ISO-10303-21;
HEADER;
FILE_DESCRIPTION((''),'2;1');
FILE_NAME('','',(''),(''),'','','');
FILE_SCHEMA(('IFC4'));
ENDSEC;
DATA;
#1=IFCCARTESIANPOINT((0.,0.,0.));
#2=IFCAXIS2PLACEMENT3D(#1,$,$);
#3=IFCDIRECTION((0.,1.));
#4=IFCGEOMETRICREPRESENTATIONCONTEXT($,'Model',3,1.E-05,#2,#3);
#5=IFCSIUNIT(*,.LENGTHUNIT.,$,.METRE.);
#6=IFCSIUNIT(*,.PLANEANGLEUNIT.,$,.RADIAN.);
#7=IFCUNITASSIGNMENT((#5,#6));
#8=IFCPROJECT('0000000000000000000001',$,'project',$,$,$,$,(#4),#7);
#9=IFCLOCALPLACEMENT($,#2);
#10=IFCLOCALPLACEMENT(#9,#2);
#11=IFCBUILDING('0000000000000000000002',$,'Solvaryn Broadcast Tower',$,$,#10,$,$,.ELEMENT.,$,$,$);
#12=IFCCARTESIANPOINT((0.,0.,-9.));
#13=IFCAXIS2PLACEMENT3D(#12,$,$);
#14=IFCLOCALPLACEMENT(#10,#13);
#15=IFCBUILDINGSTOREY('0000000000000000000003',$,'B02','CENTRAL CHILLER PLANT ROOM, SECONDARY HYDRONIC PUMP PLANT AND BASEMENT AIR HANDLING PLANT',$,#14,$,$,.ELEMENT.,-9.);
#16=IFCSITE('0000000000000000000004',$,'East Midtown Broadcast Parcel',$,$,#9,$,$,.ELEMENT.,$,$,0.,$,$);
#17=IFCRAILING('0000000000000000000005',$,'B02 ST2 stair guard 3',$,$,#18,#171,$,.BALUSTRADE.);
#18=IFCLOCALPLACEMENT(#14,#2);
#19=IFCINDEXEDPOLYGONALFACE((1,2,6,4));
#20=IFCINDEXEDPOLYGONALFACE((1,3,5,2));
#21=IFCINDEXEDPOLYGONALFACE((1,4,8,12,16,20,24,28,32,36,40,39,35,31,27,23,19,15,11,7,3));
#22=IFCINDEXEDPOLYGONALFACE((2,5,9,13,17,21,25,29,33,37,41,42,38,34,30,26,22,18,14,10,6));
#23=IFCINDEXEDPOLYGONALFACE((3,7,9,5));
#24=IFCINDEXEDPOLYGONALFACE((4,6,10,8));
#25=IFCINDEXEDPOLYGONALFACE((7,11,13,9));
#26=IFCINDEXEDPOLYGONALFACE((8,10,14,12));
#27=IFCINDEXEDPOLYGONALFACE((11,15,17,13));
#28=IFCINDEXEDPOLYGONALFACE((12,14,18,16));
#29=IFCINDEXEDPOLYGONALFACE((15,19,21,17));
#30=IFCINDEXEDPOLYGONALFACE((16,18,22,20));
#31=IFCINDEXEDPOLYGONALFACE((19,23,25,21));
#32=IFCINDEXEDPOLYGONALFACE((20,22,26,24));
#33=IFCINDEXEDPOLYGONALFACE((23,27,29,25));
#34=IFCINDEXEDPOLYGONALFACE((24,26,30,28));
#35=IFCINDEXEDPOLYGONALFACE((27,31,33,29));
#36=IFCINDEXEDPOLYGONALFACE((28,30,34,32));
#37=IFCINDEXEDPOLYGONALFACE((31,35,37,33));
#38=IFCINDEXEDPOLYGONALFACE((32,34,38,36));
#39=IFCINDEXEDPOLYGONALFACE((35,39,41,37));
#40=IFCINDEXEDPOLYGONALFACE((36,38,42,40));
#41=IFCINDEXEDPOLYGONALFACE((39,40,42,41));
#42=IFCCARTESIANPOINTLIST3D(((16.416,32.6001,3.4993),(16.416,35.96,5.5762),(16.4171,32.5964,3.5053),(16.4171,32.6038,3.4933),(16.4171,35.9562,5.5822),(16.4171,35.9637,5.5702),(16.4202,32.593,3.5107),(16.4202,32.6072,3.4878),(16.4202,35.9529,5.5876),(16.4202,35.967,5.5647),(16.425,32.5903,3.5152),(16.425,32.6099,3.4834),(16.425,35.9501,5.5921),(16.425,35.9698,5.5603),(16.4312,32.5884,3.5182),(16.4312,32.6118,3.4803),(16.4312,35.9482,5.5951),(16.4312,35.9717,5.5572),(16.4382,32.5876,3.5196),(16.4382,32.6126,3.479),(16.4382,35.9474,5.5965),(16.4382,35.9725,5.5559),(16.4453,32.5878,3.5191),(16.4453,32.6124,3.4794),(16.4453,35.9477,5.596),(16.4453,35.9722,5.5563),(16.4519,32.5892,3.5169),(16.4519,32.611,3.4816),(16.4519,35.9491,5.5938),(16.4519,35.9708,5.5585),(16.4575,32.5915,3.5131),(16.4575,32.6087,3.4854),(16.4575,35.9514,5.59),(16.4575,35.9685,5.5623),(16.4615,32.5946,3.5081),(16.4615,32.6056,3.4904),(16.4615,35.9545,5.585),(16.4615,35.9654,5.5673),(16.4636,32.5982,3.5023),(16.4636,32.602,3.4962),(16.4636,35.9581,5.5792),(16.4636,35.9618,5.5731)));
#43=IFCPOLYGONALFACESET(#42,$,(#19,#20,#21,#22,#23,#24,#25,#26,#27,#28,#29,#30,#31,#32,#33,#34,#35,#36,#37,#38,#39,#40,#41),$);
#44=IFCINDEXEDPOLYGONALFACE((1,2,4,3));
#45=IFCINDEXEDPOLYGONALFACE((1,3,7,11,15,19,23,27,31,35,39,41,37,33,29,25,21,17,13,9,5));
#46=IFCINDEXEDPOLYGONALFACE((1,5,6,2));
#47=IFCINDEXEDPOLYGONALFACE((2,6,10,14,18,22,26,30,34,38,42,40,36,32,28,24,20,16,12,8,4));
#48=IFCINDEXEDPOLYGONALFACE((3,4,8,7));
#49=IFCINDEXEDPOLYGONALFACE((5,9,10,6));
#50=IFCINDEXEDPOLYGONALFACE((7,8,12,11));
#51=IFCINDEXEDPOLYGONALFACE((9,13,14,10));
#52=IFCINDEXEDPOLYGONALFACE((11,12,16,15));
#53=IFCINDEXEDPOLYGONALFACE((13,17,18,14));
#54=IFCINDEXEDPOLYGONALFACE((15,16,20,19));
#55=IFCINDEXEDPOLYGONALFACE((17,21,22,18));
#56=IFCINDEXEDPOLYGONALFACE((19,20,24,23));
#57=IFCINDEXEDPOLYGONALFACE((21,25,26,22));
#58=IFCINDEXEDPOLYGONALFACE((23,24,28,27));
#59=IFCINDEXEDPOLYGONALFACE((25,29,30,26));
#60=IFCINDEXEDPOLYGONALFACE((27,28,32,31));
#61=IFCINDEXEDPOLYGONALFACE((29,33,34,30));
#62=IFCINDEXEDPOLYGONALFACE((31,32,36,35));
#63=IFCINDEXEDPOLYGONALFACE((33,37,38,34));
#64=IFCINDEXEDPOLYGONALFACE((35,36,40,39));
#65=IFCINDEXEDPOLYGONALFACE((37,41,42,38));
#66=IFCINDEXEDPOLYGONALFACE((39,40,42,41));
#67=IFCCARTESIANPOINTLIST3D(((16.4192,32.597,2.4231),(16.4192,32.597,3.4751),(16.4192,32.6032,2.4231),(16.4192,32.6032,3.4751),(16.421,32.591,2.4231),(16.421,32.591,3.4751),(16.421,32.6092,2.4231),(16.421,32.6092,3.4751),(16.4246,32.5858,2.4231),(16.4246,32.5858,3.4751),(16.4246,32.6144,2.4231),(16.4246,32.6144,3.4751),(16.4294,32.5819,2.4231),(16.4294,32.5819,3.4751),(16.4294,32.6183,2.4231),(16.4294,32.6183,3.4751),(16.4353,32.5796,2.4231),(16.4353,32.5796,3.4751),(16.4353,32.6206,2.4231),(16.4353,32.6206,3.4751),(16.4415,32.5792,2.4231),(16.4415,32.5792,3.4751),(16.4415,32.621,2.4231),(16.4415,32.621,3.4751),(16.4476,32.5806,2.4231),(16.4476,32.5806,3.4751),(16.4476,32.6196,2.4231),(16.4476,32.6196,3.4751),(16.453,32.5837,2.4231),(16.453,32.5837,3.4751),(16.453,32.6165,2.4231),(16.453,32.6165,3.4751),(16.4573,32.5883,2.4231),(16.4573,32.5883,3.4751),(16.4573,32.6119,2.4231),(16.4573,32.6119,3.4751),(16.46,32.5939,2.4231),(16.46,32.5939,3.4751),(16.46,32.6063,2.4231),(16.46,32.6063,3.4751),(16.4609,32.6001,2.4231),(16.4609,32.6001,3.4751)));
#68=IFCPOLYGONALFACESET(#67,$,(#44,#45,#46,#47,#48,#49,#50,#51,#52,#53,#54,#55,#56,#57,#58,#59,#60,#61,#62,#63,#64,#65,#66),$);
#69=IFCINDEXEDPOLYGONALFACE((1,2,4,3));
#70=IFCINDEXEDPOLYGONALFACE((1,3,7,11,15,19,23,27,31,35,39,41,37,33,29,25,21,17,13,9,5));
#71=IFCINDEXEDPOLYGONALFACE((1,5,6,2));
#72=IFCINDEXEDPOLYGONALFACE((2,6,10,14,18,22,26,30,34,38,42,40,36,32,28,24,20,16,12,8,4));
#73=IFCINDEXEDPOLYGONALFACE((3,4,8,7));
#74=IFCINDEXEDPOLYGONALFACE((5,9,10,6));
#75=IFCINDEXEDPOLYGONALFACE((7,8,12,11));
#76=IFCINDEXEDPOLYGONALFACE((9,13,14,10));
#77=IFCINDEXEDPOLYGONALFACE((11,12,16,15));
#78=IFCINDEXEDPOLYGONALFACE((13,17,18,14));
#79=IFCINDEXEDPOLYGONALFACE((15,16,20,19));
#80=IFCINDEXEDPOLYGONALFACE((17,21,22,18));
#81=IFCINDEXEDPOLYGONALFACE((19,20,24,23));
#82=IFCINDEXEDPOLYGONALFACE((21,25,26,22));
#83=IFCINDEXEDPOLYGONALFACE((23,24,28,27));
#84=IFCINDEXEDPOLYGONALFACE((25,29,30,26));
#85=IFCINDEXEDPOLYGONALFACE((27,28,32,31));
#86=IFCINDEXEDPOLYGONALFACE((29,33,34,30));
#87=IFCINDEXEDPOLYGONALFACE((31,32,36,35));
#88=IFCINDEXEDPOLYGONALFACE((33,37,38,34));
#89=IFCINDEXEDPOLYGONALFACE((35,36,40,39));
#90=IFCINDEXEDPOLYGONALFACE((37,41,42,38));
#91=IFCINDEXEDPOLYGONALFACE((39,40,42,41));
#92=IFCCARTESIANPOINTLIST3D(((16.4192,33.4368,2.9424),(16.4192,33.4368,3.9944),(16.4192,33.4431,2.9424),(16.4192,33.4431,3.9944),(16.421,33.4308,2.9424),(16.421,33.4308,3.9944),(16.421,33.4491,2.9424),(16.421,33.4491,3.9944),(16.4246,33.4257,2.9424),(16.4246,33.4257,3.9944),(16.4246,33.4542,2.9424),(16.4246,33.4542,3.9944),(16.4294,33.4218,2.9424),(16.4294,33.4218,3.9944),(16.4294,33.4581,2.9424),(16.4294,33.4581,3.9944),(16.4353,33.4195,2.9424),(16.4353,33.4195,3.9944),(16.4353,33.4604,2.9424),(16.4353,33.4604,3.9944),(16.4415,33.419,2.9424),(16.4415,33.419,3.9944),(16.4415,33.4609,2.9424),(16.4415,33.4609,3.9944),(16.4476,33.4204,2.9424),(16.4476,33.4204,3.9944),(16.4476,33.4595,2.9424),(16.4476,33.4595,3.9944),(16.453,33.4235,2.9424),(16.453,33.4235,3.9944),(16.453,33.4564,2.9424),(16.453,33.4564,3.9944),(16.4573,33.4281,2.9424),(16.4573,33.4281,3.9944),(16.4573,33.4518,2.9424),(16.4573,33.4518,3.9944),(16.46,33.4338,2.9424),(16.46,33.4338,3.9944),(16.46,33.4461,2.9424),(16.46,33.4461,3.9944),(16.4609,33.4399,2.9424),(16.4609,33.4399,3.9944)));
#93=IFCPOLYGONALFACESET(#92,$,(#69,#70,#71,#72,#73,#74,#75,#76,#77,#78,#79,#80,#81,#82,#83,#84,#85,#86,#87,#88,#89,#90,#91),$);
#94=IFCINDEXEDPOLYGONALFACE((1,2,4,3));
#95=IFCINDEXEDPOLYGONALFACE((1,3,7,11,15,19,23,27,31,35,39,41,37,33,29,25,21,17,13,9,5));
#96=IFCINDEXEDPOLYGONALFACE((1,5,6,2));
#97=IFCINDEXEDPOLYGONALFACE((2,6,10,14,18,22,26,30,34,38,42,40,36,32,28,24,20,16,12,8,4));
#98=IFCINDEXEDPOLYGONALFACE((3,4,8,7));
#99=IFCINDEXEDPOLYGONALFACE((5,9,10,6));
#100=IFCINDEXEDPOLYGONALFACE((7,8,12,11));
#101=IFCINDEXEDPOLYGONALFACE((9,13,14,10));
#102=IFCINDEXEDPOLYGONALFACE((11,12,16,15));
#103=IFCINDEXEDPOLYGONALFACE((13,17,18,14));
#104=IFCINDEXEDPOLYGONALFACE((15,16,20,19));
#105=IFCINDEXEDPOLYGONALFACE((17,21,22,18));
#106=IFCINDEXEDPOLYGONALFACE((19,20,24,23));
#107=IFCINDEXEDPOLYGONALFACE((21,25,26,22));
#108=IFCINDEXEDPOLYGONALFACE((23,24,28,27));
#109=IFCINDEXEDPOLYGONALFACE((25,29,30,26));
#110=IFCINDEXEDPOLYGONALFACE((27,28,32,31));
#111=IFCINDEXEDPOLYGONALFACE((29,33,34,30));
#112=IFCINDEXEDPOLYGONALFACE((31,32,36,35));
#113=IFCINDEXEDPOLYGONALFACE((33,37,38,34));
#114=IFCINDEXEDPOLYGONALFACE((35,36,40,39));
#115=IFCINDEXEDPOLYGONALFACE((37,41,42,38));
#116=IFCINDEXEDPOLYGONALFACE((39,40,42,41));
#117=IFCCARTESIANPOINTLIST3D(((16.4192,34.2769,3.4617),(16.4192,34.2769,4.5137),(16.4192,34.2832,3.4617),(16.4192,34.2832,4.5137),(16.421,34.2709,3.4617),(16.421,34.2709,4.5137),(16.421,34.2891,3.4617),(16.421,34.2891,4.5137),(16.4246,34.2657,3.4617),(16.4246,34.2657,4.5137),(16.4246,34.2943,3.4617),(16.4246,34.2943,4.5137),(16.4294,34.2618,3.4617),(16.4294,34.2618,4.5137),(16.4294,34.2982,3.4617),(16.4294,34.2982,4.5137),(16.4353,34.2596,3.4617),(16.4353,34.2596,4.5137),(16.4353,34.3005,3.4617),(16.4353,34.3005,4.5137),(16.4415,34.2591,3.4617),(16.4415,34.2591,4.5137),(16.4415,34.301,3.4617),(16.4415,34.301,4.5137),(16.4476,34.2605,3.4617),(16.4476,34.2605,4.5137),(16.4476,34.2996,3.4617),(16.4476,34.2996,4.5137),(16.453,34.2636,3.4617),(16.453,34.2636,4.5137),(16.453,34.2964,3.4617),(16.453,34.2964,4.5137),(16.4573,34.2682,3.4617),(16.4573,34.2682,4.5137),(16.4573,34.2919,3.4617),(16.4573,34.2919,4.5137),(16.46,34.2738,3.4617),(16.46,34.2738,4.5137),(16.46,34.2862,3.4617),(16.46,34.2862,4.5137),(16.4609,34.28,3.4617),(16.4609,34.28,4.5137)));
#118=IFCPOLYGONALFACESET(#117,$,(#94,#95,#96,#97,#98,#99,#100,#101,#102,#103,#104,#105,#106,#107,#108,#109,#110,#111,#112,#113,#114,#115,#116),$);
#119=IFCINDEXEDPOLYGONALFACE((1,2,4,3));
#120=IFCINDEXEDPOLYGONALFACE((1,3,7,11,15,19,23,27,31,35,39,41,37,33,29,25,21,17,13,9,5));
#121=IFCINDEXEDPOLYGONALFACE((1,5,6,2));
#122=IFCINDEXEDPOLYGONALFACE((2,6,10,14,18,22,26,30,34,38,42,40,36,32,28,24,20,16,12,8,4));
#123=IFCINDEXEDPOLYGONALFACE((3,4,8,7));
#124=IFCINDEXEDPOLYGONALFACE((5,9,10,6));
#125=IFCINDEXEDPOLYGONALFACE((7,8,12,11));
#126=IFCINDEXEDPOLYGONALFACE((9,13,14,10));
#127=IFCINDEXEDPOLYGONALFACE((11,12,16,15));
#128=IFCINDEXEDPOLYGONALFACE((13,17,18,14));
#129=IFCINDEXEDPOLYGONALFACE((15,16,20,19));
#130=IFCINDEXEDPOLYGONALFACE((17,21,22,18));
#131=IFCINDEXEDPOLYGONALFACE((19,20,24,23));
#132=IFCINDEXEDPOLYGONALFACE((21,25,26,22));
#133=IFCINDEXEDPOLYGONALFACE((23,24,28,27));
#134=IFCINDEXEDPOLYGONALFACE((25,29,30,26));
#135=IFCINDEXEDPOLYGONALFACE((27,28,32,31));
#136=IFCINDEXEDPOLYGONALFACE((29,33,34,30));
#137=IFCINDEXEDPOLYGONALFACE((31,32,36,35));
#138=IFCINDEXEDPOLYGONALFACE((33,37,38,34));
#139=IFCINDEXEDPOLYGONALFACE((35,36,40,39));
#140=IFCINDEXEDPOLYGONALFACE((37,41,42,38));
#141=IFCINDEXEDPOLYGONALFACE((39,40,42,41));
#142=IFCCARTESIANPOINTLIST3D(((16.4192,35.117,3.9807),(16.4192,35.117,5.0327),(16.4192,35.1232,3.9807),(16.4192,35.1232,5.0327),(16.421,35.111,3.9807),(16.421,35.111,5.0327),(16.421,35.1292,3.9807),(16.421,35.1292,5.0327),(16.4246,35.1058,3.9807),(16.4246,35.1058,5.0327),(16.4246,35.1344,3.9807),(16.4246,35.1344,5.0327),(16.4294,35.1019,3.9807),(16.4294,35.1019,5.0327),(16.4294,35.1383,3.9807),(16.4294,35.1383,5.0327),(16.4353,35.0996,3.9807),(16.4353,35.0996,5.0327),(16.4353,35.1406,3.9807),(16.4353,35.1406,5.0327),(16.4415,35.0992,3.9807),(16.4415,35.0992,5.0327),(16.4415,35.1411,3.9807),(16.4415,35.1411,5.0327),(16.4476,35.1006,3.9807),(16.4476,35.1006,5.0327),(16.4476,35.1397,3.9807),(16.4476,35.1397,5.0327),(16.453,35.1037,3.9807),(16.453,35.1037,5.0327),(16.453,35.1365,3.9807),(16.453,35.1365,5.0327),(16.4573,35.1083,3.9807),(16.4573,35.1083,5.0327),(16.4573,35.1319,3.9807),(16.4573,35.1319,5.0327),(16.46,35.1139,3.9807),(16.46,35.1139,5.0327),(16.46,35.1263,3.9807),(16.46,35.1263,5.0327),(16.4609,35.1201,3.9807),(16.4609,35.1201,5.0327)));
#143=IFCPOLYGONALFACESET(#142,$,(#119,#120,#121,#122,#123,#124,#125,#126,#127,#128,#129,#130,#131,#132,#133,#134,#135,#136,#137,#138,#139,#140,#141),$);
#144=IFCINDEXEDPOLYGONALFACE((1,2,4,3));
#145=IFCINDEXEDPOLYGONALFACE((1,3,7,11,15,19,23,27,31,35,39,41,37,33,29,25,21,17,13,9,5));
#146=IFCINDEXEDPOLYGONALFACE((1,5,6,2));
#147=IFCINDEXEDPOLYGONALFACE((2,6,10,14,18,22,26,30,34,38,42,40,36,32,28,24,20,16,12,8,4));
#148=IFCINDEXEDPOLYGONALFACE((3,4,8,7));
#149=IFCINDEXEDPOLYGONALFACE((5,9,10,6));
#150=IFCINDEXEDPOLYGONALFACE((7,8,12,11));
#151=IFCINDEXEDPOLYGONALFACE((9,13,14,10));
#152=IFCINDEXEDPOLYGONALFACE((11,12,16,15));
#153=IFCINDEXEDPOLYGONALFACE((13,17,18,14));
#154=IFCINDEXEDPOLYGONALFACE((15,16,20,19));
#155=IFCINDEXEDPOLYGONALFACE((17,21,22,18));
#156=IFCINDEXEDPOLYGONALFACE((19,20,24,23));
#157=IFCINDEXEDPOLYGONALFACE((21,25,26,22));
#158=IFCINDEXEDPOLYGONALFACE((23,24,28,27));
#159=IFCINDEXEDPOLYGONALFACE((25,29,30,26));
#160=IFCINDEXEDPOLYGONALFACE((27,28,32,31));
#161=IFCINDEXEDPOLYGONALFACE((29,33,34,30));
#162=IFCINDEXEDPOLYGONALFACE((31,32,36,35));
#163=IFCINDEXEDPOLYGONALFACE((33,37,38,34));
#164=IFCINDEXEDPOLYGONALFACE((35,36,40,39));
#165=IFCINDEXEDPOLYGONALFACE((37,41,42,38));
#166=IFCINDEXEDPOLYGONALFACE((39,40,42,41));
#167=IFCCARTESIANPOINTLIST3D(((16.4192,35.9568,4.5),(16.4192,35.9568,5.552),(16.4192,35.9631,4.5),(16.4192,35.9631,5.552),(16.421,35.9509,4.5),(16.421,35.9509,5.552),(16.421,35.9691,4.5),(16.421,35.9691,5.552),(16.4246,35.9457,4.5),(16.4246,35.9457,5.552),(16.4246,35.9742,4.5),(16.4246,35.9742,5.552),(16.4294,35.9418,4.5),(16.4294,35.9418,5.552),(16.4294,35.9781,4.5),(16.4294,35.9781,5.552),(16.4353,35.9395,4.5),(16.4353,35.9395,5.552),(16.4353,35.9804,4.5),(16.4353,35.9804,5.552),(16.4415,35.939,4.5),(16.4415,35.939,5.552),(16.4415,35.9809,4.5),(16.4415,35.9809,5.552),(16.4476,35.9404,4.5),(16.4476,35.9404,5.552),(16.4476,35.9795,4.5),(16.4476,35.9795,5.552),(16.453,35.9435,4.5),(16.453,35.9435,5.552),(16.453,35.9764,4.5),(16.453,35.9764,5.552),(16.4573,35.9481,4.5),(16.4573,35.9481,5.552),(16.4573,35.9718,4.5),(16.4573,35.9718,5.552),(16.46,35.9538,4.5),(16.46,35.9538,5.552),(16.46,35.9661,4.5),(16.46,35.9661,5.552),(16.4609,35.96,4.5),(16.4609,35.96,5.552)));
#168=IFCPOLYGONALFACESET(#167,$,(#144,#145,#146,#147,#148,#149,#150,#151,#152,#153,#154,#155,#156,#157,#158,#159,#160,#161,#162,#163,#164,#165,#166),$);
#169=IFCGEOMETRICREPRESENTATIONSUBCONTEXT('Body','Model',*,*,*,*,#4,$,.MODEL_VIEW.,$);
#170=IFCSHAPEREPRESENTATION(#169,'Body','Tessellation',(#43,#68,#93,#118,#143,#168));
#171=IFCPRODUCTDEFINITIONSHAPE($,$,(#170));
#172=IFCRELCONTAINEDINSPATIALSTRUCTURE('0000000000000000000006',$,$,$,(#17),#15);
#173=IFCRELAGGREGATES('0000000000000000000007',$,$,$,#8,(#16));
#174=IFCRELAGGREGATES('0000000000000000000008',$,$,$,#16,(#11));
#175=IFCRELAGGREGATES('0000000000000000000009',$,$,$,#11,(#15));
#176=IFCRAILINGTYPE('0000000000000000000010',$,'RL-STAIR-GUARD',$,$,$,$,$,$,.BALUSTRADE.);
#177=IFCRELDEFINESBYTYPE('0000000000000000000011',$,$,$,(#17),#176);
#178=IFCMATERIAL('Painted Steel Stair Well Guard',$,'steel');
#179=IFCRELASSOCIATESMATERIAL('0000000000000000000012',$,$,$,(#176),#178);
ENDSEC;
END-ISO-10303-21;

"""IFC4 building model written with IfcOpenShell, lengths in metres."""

from ifc_helpers import new_model, si_unit, direction, frame, origin, origin_2d, place, context, subcontext, project, spatial, circle, extrude, material, type_object, element, save


model = new_model("IFC4")

# Units and contexts
model_context = context("Model", 3, precision=1e-05, world=origin(), true_north=direction((0.0, 1.0)))
body_context = subcontext(model_context, "Body", "Model", "MODEL_VIEW")
ifc_project = project(units=[si_unit("LENGTHUNIT", "METRE"), si_unit("PLANEANGLEUNIT", "RADIAN")], contexts=[model_context])

# Site, building, storey
site_placement = place(None, origin())
site = spatial("IfcSite", under=ifc_project, at=site_placement, Name="East Midtown Broadcast Parcel", CompositionType="ELEMENT", RefElevation=0.0)
building_placement = place(site_placement, origin())
building = spatial("IfcBuilding", under=site, at=building_placement, Name="Solvaryn Broadcast Tower", CompositionType="ELEMENT")
storey_placement = place(building_placement, frame((0.0, 0.0, -9.0)))
storey = spatial("IfcBuildingStorey", under=building, at=storey_placement, Name="B02", Description="CENTRAL CHILLER PLANT ROOM, SECONDARY HYDRONIC PUMP PLANT AND BASEMENT AIR HANDLING PLANT", CompositionType="ELEMENT", Elevation=-9.0)

# Railing
ifc_material_1 = material(Name="Painted Steel Stair Well Guard", Category="steel")
railing_type_1 = type_object("IfcRailingType", Name="RL-STAIR-GUARD", PredefinedType="BALUSTRADE", material=ifc_material_1)
railing_1_placement = place(storey_placement, frame((16.4399, 32.6001, 2.4231)))
element("IfcRailing", 1, at=railing_1_placement, inside=storey, type_object=railing_type_1, Name="B02 ST2 stair guard 3", PredefinedType="BALUSTRADE", context=body_context, shape_type="SweptSolid", body=[
    extrude(circle(Radius=0.0239, at=origin_2d()), frame((0.0, 0.0, 1.0762), z_axis=(0.0, 0.850606, 0.525803), x_axis=(-1.0, 0.0, 0.0)), (0.0, 0.0, 1.0), 3.95),
    extrude(circle(Radius=0.021, at=origin_2d()), origin(), (0.0, 0.0, 1.0), 1.052),
    extrude(circle(Radius=0.021, at=origin_2d()), frame((0.0, 0.8398, 0.5193)), (0.0, 0.0, 1.0), 1.052),
    extrude(circle(Radius=0.021, at=origin_2d()), frame((0.0, 1.6799, 1.0386)), (0.0, 0.0, 1.0), 1.052),
    extrude(circle(Radius=0.021, at=origin_2d()), frame((0.0, 2.52, 1.5576)), (0.0, 0.0, 1.0), 1.052),
    extrude(circle(Radius=0.021, at=origin_2d()), frame((0.0, 3.3599, 2.0769)), (0.0, 0.0, 1.0), 1.052),
])

save(model, "model.ifc")
